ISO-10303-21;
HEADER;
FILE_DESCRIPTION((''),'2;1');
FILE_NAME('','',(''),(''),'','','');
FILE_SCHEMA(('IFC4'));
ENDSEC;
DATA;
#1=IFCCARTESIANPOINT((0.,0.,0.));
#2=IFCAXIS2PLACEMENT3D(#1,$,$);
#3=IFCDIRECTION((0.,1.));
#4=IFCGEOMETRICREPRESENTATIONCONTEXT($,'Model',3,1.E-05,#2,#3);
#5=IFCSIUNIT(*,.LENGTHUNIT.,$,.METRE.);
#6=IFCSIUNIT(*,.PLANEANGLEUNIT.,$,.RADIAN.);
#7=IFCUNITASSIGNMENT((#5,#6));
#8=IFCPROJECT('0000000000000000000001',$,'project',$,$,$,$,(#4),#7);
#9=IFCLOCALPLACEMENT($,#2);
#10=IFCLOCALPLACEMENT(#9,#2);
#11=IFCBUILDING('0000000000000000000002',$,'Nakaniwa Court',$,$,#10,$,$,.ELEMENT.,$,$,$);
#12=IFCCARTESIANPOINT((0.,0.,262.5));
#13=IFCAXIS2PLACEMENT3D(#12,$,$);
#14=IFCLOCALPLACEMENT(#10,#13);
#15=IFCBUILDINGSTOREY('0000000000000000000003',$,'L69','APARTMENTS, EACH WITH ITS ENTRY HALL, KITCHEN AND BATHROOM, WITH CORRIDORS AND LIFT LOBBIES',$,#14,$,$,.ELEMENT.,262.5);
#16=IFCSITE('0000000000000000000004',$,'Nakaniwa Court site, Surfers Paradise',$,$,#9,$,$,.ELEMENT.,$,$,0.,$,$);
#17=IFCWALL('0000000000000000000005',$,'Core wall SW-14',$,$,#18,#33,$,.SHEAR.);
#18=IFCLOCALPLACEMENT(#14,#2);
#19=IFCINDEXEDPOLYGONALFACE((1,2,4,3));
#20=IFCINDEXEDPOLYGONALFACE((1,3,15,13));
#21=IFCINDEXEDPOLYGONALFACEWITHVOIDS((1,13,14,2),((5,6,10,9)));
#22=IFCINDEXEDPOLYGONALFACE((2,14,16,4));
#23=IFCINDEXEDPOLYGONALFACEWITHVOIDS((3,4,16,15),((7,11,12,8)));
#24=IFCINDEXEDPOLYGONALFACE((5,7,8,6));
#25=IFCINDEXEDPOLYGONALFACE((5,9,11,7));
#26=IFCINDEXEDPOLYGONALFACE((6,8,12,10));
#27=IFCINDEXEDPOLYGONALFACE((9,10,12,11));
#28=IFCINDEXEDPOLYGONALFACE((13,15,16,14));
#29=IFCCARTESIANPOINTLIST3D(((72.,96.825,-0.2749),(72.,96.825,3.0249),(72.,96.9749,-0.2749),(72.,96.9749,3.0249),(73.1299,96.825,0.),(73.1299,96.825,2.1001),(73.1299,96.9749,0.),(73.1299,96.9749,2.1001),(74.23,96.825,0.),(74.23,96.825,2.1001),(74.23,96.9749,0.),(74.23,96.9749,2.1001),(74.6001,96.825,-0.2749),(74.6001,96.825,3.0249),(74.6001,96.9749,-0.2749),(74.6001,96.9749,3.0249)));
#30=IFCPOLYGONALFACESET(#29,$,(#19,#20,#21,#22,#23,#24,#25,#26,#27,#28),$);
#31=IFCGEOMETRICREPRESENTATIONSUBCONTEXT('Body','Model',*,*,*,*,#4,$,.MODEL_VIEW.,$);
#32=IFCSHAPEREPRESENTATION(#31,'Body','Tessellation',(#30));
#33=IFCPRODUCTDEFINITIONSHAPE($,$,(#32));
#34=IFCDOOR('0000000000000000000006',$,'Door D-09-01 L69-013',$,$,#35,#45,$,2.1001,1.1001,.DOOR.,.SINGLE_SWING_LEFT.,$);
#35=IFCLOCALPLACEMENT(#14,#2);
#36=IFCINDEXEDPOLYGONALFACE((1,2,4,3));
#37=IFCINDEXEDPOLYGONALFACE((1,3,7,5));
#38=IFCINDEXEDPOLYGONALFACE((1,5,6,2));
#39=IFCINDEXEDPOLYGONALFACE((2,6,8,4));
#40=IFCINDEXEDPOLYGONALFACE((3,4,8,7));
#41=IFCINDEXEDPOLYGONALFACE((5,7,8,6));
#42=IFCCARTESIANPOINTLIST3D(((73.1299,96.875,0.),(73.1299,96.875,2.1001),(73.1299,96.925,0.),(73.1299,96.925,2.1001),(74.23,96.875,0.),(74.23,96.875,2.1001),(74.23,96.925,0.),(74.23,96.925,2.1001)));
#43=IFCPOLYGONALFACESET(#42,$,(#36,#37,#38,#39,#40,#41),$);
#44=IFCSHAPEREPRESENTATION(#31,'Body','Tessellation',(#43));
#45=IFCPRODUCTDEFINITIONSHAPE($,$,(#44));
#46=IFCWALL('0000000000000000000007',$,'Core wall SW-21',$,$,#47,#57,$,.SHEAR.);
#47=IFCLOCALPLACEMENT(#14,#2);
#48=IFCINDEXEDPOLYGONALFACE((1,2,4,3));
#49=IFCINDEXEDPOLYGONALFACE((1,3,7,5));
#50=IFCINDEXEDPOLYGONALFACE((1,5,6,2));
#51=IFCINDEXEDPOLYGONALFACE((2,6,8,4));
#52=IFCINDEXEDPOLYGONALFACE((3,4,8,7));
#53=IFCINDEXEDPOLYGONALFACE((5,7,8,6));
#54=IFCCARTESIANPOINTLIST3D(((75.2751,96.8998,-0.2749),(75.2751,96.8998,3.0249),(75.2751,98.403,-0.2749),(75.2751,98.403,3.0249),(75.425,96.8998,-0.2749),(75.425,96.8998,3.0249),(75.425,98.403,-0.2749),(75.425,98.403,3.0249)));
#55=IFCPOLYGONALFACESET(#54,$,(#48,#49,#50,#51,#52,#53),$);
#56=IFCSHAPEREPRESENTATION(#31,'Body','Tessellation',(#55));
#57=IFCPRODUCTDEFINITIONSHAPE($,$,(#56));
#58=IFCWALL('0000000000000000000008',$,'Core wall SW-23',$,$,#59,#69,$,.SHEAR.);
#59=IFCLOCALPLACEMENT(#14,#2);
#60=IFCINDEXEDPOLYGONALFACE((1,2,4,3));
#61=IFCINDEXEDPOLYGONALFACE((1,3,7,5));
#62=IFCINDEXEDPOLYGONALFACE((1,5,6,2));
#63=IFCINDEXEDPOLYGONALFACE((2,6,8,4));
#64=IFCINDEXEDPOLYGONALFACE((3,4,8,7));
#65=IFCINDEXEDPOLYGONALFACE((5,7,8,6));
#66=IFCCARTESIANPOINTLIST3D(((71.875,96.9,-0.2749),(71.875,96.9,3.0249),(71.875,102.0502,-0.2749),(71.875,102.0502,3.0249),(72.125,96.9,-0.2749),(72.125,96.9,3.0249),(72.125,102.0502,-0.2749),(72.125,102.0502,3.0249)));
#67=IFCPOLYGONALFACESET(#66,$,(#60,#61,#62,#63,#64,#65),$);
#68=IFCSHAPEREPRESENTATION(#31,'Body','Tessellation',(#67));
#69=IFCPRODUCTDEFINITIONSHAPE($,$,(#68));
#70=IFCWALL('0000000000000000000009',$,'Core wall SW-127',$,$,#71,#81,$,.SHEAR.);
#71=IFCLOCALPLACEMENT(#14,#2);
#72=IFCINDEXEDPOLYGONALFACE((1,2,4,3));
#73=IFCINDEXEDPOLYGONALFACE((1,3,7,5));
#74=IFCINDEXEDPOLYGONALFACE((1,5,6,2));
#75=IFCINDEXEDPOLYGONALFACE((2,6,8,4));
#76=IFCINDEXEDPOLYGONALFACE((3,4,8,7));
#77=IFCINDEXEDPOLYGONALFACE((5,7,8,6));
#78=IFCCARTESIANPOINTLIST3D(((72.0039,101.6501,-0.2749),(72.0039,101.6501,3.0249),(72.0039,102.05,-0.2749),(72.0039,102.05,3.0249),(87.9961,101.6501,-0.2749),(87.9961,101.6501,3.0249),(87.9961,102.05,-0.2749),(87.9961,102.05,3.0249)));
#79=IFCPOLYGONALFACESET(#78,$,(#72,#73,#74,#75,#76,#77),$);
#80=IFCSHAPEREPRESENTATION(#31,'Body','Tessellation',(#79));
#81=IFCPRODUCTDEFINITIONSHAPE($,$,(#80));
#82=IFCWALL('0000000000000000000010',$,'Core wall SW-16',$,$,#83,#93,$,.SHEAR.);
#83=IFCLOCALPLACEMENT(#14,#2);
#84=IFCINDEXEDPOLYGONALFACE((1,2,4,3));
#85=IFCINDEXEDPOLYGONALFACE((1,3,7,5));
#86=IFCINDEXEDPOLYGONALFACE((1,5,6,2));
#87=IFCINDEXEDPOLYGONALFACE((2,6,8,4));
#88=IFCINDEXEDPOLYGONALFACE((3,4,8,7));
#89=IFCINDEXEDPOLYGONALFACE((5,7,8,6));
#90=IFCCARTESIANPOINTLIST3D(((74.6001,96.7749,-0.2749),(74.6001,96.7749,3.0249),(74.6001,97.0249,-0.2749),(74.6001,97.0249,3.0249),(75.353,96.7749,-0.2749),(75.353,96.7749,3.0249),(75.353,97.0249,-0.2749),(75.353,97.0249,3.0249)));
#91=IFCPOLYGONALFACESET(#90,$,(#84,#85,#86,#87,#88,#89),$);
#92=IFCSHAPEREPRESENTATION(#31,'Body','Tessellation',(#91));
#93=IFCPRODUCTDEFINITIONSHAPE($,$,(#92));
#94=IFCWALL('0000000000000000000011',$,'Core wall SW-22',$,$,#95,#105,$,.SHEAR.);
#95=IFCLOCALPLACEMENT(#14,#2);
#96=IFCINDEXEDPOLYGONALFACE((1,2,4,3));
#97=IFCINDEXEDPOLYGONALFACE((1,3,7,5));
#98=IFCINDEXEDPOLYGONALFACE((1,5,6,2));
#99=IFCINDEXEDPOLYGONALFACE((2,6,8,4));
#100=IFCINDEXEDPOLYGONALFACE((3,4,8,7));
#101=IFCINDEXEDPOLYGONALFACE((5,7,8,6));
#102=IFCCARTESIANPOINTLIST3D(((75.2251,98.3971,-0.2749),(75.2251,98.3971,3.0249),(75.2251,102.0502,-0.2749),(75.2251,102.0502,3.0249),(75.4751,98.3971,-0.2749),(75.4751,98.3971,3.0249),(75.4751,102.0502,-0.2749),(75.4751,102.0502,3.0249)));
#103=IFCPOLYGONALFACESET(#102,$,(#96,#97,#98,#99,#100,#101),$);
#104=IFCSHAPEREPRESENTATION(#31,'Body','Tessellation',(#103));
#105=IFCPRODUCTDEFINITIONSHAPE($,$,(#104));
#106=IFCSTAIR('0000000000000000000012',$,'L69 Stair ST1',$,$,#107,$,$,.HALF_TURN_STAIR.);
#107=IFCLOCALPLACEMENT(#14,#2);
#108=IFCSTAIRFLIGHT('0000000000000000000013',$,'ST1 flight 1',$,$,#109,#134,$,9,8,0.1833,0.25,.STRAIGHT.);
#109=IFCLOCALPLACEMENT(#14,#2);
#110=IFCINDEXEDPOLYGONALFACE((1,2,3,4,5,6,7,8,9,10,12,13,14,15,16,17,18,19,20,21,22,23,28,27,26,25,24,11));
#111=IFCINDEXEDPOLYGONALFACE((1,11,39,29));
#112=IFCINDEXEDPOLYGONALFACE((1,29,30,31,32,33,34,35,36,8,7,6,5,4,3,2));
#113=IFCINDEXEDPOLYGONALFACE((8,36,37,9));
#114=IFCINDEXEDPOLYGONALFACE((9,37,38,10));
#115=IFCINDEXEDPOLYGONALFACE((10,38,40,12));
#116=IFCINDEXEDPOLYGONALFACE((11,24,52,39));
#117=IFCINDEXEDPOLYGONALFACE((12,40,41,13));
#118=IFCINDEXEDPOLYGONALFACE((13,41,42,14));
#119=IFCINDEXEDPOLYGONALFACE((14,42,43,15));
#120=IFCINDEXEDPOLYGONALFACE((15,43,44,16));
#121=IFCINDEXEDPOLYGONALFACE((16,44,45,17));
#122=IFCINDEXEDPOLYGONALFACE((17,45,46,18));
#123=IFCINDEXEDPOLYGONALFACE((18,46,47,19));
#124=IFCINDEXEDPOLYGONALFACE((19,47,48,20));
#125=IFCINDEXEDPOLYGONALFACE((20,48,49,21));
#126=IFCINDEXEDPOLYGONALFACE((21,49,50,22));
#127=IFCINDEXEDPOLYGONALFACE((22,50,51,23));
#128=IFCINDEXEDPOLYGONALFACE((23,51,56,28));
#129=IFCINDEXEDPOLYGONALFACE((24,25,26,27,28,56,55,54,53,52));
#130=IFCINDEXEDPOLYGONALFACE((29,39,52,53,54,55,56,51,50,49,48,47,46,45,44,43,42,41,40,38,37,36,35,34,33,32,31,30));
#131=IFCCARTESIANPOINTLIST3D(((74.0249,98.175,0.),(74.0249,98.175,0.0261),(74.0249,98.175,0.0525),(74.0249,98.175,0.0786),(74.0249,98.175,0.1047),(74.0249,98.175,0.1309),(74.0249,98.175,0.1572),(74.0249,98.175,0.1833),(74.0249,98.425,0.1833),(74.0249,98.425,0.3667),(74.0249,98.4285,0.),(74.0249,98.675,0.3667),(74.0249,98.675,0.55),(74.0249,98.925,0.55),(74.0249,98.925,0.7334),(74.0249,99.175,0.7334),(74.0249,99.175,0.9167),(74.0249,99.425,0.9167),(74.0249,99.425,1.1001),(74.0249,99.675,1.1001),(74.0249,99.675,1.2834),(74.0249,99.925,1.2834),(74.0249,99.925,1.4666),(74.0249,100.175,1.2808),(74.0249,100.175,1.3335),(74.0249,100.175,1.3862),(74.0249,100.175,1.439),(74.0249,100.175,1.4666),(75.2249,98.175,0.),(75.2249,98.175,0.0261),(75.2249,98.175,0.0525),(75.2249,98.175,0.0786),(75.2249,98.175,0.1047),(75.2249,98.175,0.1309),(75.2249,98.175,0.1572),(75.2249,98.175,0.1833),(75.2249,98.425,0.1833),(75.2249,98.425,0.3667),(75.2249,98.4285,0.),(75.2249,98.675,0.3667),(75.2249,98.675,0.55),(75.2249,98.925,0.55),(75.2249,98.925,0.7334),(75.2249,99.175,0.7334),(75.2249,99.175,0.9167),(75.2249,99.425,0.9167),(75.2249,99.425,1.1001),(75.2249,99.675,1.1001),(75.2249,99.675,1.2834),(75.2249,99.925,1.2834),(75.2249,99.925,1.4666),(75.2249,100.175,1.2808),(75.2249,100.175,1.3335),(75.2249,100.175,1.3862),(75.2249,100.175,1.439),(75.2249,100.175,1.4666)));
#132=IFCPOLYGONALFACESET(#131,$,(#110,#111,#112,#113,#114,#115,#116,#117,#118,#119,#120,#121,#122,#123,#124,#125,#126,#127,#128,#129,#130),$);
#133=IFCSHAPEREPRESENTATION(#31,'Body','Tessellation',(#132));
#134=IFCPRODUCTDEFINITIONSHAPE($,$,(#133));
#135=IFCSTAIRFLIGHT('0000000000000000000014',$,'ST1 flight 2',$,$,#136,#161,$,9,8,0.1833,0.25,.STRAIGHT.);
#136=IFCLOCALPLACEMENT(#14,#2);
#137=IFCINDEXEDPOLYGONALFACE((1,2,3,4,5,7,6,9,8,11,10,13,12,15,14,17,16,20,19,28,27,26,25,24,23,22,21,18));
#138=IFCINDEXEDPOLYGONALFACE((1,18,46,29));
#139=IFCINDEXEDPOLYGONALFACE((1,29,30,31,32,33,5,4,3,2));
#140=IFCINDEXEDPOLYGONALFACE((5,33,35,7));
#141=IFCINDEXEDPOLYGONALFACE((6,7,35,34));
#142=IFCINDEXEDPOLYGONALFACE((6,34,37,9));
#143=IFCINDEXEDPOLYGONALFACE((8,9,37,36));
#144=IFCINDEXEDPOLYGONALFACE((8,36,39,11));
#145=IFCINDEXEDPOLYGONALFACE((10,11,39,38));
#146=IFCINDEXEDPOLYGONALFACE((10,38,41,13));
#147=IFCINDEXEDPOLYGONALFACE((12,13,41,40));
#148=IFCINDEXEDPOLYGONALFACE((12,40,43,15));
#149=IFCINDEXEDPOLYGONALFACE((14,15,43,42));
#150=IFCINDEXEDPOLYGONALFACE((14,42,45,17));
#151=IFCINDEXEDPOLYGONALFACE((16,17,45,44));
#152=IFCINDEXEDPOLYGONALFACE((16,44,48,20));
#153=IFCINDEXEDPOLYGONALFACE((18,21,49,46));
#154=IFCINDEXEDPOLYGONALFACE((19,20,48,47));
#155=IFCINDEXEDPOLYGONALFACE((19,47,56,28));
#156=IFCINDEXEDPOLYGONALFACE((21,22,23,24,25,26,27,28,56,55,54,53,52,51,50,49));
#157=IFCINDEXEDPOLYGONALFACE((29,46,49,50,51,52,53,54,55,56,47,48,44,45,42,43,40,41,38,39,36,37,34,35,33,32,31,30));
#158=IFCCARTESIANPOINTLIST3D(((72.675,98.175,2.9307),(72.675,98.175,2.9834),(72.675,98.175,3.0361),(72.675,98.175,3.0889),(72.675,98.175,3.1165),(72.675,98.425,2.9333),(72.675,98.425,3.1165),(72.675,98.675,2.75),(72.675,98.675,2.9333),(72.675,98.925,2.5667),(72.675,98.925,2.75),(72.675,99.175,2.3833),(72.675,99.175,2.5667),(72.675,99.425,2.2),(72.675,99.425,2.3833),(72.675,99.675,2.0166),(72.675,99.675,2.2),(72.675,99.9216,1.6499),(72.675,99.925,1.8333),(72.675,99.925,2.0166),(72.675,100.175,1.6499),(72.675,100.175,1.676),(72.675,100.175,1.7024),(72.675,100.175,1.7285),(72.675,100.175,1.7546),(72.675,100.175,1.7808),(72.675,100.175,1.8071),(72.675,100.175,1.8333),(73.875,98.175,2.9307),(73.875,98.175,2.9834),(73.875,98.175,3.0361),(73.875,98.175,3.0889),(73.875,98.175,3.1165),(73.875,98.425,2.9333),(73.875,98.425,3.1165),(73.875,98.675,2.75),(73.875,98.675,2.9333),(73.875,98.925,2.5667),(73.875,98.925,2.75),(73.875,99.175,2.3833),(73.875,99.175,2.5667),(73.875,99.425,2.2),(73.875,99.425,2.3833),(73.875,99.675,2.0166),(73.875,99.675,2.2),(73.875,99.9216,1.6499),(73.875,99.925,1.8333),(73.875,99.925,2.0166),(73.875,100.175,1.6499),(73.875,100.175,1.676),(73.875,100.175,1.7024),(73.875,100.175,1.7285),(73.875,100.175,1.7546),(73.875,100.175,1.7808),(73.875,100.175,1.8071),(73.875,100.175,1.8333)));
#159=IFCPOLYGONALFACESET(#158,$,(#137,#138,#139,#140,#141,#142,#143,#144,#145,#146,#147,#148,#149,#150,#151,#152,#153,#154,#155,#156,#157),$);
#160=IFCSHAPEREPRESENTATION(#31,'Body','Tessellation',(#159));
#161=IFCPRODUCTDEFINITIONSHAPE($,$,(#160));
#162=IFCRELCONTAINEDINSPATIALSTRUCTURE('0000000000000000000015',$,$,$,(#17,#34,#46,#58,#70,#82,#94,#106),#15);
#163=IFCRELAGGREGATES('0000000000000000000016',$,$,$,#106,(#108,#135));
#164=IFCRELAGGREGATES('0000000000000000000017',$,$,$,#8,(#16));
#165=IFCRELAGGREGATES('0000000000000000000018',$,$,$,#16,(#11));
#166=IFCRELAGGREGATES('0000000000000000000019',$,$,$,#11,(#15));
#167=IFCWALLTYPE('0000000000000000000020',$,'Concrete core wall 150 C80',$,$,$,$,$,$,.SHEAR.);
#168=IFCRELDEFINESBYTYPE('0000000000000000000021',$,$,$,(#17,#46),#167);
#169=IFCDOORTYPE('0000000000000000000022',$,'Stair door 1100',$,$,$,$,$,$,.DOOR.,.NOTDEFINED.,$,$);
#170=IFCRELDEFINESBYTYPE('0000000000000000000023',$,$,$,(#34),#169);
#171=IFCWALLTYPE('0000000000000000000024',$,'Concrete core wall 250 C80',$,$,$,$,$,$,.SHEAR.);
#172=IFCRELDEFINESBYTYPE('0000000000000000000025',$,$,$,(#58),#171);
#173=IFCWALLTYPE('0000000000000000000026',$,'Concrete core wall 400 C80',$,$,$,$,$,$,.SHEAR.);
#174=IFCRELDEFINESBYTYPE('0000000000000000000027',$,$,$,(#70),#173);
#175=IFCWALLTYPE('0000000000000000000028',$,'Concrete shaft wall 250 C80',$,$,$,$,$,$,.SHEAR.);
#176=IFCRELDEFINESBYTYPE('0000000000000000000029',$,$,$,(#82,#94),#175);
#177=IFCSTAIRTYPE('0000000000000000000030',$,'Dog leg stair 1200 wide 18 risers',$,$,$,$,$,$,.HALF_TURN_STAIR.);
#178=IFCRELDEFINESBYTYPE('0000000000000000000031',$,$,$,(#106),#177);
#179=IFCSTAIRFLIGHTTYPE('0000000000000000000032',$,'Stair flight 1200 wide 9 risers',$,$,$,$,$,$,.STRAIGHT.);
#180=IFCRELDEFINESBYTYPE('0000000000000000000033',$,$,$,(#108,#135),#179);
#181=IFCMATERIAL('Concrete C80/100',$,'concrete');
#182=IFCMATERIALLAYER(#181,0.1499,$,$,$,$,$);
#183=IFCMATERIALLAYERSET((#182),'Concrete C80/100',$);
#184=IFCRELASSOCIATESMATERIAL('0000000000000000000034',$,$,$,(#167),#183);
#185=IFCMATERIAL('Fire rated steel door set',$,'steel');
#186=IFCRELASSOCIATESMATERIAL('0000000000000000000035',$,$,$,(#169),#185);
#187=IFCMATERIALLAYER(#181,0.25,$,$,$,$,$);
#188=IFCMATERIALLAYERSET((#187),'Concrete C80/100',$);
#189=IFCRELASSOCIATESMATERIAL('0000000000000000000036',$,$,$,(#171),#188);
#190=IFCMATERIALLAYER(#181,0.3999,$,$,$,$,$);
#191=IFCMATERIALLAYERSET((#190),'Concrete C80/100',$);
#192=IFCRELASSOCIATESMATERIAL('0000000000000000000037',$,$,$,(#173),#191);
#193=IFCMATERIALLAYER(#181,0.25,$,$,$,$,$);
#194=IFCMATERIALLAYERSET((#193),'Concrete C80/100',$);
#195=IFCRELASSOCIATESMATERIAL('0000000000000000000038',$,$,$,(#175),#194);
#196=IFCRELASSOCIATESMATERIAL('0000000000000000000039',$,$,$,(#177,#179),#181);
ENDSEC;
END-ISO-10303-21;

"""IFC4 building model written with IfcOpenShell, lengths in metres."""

from ifc_helpers import new_model, si_unit, direction, frame, frame_2d, origin, place, context, subcontext, project, spatial, polyline, rectangle, outline, extrude, material, layer, layer_set, type_object, element, fill, aggregate, save


model = new_model("IFC4")

# Units and contexts
model_context = context("Model", 3, precision=1e-05, world=origin(), true_north=direction((0.0, 1.0)))
body_context = subcontext(model_context, "Body", "Model", "MODEL_VIEW")
ifc_project = project(units=[si_unit("LENGTHUNIT", "METRE"), si_unit("PLANEANGLEUNIT", "RADIAN")], contexts=[model_context])

# Site, building, storey
site_placement = place(None, origin())
site = spatial("IfcSite", under=ifc_project, at=site_placement, Name="Nakaniwa Court site, Surfers Paradise", CompositionType="ELEMENT", RefElevation=0.0)
building_placement = place(site_placement, origin())
building = spatial("IfcBuilding", under=site, at=building_placement, Name="Nakaniwa Court", CompositionType="ELEMENT")
storey_placement = place(building_placement, frame((0.0, 0.0, 262.5)))
storey = spatial("IfcBuildingStorey", under=building, at=storey_placement, Name="L69", Description="APARTMENTS, EACH WITH ITS ENTRY HALL, KITCHEN AND BATHROOM, WITH CORRIDORS AND LIFT LOBBIES", CompositionType="ELEMENT", Elevation=262.5)

# Shared definitions
ifc_material_1 = material(Name="Concrete C80/100", Category="concrete")

# Shared definitions
ifc_material_2 = material(Name="Fire rated steel door set", Category="steel")

# Wall, opening, door
ifc_layer_1 = layer(ifc_material_1, 0.1499)
ifc_layer_set_1 = layer_set([ifc_layer_1], Name="Concrete C80/100")
wall_type_1 = type_object("IfcWallType", Name="Concrete core wall 150 C80", PredefinedType="SHEAR", material=ifc_layer_set_1)
wall_1_placement = place(storey_placement, frame((74.6001, 96.8999, -0.2749), z_axis=(0.0, 0.0, 1.0), x_axis=(-1.0, 0.0, 0.0)))
wall_1 = element("IfcWall", 1, at=wall_1_placement, inside=storey, type_object=wall_type_1, Name="Core wall SW-14", PredefinedType="SHEAR", context=body_context, shape_type="SweptSolid", body=[
    extrude(rectangle(XDim=2.6001, YDim=0.1499, at=frame_2d((1.3, 0.0))), origin(), (0.0, 0.0, 1.0), 3.2998),
])
opening_1_placement = place(wall_1_placement, frame((0.3701, 0.0, 0.2749)))
opening_1 = element("IfcOpeningElement", 2, at=opening_1_placement, cuts=wall_1, PredefinedType="OPENING", context=body_context, shape_type="SweptSolid", body=[
    extrude(rectangle(XDim=1.1001, YDim=2.1001, at=frame_2d((0.55, 1.05))), frame((0.0, 0.085, 0.0), z_axis=(0.0, -1.0, 0.0), x_axis=(1.0, 0.0, 0.0)), (0.0, 0.0, 1.0), 0.1699),
])
door_type_1 = type_object("IfcDoorType", Name="Stair door 1100", OperationType="NOTDEFINED", PredefinedType="DOOR", material=ifc_material_2)
door_1_placement = place(opening_1_placement, origin())
door_1 = element("IfcDoor", 3, at=door_1_placement, inside=storey, type_object=door_type_1, Name="Door D-09-01 L69-013", OperationType="SINGLE_SWING_LEFT", OverallHeight=2.1001, OverallWidth=1.1001, PredefinedType="DOOR", context=body_context, shape_type="SweptSolid", body=[
    extrude(rectangle(XDim=1.1001, YDim=2.1001, at=frame_2d((0.55, 1.05))), frame((0.0, 0.0249, 0.0), z_axis=(0.0, -1.0, 0.0), x_axis=(1.0, 0.0, 0.0)), (0.0, 0.0, 1.0), 0.05),
])
fill(opening_1, door_1)

# Walls
wall_2_placement = place(storey_placement, frame((75.3501, 96.8999, -0.2749), z_axis=(0.0, 0.0, 1.0), x_axis=(0.0, 1.0, 0.0)))
element("IfcWall", 4, at=wall_2_placement, inside=storey, type_object=wall_type_1, Name="Core wall SW-21", PredefinedType="SHEAR", context=body_context, shape_type="SweptSolid", body=[
    extrude(rectangle(XDim=1.5032, YDim=0.1499, at=frame_2d((0.7515, 0.0))), origin(), (0.0, 0.0, 1.0), 3.2998),
])
ifc_layer_2 = layer(ifc_material_1, 0.25)
ifc_layer_set_2 = layer_set([ifc_layer_2], Name="Concrete C80/100")
wall_type_2 = type_object("IfcWallType", Name="Concrete core wall 250 C80", PredefinedType="SHEAR", material=ifc_layer_set_2)
wall_3_placement = place(storey_placement, frame((72.0, 96.8999, -0.2749), z_axis=(0.0, 0.0, 1.0), x_axis=(0.0, 1.0, 0.0)))
element("IfcWall", 5, at=wall_3_placement, inside=storey, type_object=wall_type_2, Name="Core wall SW-23", PredefinedType="SHEAR", context=body_context, shape_type="SweptSolid", body=[
    extrude(rectangle(XDim=5.1501, YDim=0.25, at=frame_2d((2.5752, 0.0))), origin(), (0.0, 0.0, 1.0), 3.2998),
])
ifc_layer_3 = layer(ifc_material_1, 0.3999)
ifc_layer_set_3 = layer_set([ifc_layer_3], Name="Concrete C80/100")
wall_type_3 = type_object("IfcWallType", Name="Concrete core wall 400 C80", PredefinedType="SHEAR", material=ifc_layer_set_3)
wall_4_placement = place(storey_placement, frame((72.0039, 101.8501, -0.2749), z_axis=(0.0, 0.0, 1.0), x_axis=(1.0, 0.0, 0.0)))
element("IfcWall", 6, at=wall_4_placement, inside=storey, type_object=wall_type_3, Name="Core wall SW-127", PredefinedType="SHEAR", context=body_context, shape_type="SweptSolid", body=[
    extrude(rectangle(XDim=15.9922, YDim=0.3999, at=frame_2d((7.9961, 0.0))), origin(), (0.0, 0.0, 1.0), 3.2998),
])
ifc_layer_4 = layer(ifc_material_1, 0.25)
ifc_layer_set_4 = layer_set([ifc_layer_4], Name="Concrete C80/100")
wall_type_4 = type_object("IfcWallType", Name="Concrete shaft wall 250 C80", PredefinedType="SHEAR", material=ifc_layer_set_4)
wall_5_placement = place(storey_placement, frame((74.6001, 96.8999, -0.2749), z_axis=(0.0, 0.0, 1.0), x_axis=(1.0, 0.0, 0.0)))
element("IfcWall", 7, at=wall_5_placement, inside=storey, type_object=wall_type_4, Name="Core wall SW-16", PredefinedType="SHEAR", context=body_context, shape_type="SweptSolid", body=[
    extrude(rectangle(XDim=0.7529, YDim=0.25, at=frame_2d((0.3765, 0.0))), origin(), (0.0, 0.0, 1.0), 3.2998),
])
wall_6_placement = place(storey_placement, frame((75.3501, 98.397, -0.2749), z_axis=(0.0, 0.0, 1.0), x_axis=(0.0, 1.0, 0.0)))
element("IfcWall", 8, at=wall_6_placement, inside=storey, type_object=wall_type_4, Name="Core wall SW-22", PredefinedType="SHEAR", context=body_context, shape_type="SweptSolid", body=[
    extrude(rectangle(XDim=3.6531, YDim=0.25, at=frame_2d((1.8267, 0.0))), origin(), (0.0, 0.0, 1.0), 3.2998),
])

# Stair, stair flights
stair_type = type_object("IfcStairType", Name="Dog leg stair 1200 wide 18 risers", PredefinedType="HALF_TURN_STAIR", material=ifc_material_1)
stair_placement = place(storey_placement, origin())
stair = element("IfcStair", 9, at=stair_placement, inside=storey, type_object=stair_type, Name="L69 Stair ST1", PredefinedType="HALF_TURN_STAIR")
stair_flight_type = type_object("IfcStairFlightType", Name="Stair flight 1200 wide 9 risers", PredefinedType="STRAIGHT", material=ifc_material_1)
stair_flight_1_placement = place(storey_placement, frame((74.625, 98.175, 0.0), z_axis=(0.0, 0.0, 1.0), x_axis=(0.0, 1.0, 0.0)))
stair_flight_1 = element("IfcStairFlight", 10, at=stair_flight_1_placement, type_object=stair_flight_type, Name="ST1 flight 1", NumberOfRisers=9, NumberOfTreads=8, PredefinedType="STRAIGHT", RiserHeight=0.1833, TreadLength=0.25, context=body_context, shape_type="SweptSolid", body=[
    extrude(outline(polyline([(0.0, 0.0), (0.0, 0.0261), (0.0, 0.0525), (0.0, 0.0786), (0.0, 0.1047), (0.0, 0.1309), (0.0, 0.1572), (0.0, 0.1833), (0.25, 0.1833), (0.25, 0.3667), (0.5, 0.3667), (0.5, 0.55), (0.75, 0.55), (0.75, 0.7334), (1.0, 0.7334), (1.0, 0.9167), (1.25, 0.9167), (1.25, 1.1001), (1.5, 1.1001), (1.5, 1.2834), (1.75, 1.2834), (1.75, 1.4666), (2.0, 1.4666), (2.0, 1.6499), (2.0, 1.5972), (2.0, 1.5444), (2.0, 1.4917), (2.0, 1.439), (2.0, 1.3862), (2.0, 1.3335), (2.0, 1.2808), (0.2534, 0.0), (0.0, 0.0)])), frame((0.0, 0.6001, 0.0), z_axis=(0.0, -1.0, 0.0), x_axis=(1.0, 0.0, 0.0)), (0.0, 0.0, 1.0), 1.2),
])
stair_flight_2_placement = place(storey_placement, frame((73.2749, 100.175, 1.6499), z_axis=(0.0, 0.0, 1.0), x_axis=(0.0, -1.0, 0.0)))
stair_flight_2 = element("IfcStairFlight", 11, at=stair_flight_2_placement, type_object=stair_flight_type, Name="ST1 flight 2", NumberOfRisers=9, NumberOfTreads=8, PredefinedType="STRAIGHT", RiserHeight=0.1833, TreadLength=0.25, context=body_context, shape_type="SweptSolid", body=[
    extrude(outline(polyline([(0.0, 0.0), (0.0, 0.0261), (0.0, 0.0525), (0.0, 0.0786), (0.0, 0.1047), (0.0, 0.1309), (0.0, 0.1572), (0.0, 0.1833), (0.25, 0.1833), (0.25, 0.3667), (0.5, 0.3667), (0.5, 0.55), (0.75, 0.55), (0.75, 0.7334), (1.0, 0.7334), (1.0, 0.9167), (1.25, 0.9167), (1.25, 1.1001), (1.5, 1.1001), (1.5, 1.2834), (1.75, 1.2834), (1.75, 1.4666), (2.0, 1.4666), (2.0, 1.6499), (2.0, 1.5972), (2.0, 1.5444), (2.0, 1.4917), (2.0, 1.439), (2.0, 1.3862), (2.0, 1.3335), (2.0, 1.2808), (0.2534, 0.0), (0.0, 0.0)])), frame((0.0, 0.6001, 0.0), z_axis=(0.0, -1.0, 0.0), x_axis=(1.0, 0.0, 0.0)), (0.0, 0.0, 1.0), 1.2),
])
aggregate(stair, [stair_flight_1, stair_flight_2])

save(model, "model.ifc")
